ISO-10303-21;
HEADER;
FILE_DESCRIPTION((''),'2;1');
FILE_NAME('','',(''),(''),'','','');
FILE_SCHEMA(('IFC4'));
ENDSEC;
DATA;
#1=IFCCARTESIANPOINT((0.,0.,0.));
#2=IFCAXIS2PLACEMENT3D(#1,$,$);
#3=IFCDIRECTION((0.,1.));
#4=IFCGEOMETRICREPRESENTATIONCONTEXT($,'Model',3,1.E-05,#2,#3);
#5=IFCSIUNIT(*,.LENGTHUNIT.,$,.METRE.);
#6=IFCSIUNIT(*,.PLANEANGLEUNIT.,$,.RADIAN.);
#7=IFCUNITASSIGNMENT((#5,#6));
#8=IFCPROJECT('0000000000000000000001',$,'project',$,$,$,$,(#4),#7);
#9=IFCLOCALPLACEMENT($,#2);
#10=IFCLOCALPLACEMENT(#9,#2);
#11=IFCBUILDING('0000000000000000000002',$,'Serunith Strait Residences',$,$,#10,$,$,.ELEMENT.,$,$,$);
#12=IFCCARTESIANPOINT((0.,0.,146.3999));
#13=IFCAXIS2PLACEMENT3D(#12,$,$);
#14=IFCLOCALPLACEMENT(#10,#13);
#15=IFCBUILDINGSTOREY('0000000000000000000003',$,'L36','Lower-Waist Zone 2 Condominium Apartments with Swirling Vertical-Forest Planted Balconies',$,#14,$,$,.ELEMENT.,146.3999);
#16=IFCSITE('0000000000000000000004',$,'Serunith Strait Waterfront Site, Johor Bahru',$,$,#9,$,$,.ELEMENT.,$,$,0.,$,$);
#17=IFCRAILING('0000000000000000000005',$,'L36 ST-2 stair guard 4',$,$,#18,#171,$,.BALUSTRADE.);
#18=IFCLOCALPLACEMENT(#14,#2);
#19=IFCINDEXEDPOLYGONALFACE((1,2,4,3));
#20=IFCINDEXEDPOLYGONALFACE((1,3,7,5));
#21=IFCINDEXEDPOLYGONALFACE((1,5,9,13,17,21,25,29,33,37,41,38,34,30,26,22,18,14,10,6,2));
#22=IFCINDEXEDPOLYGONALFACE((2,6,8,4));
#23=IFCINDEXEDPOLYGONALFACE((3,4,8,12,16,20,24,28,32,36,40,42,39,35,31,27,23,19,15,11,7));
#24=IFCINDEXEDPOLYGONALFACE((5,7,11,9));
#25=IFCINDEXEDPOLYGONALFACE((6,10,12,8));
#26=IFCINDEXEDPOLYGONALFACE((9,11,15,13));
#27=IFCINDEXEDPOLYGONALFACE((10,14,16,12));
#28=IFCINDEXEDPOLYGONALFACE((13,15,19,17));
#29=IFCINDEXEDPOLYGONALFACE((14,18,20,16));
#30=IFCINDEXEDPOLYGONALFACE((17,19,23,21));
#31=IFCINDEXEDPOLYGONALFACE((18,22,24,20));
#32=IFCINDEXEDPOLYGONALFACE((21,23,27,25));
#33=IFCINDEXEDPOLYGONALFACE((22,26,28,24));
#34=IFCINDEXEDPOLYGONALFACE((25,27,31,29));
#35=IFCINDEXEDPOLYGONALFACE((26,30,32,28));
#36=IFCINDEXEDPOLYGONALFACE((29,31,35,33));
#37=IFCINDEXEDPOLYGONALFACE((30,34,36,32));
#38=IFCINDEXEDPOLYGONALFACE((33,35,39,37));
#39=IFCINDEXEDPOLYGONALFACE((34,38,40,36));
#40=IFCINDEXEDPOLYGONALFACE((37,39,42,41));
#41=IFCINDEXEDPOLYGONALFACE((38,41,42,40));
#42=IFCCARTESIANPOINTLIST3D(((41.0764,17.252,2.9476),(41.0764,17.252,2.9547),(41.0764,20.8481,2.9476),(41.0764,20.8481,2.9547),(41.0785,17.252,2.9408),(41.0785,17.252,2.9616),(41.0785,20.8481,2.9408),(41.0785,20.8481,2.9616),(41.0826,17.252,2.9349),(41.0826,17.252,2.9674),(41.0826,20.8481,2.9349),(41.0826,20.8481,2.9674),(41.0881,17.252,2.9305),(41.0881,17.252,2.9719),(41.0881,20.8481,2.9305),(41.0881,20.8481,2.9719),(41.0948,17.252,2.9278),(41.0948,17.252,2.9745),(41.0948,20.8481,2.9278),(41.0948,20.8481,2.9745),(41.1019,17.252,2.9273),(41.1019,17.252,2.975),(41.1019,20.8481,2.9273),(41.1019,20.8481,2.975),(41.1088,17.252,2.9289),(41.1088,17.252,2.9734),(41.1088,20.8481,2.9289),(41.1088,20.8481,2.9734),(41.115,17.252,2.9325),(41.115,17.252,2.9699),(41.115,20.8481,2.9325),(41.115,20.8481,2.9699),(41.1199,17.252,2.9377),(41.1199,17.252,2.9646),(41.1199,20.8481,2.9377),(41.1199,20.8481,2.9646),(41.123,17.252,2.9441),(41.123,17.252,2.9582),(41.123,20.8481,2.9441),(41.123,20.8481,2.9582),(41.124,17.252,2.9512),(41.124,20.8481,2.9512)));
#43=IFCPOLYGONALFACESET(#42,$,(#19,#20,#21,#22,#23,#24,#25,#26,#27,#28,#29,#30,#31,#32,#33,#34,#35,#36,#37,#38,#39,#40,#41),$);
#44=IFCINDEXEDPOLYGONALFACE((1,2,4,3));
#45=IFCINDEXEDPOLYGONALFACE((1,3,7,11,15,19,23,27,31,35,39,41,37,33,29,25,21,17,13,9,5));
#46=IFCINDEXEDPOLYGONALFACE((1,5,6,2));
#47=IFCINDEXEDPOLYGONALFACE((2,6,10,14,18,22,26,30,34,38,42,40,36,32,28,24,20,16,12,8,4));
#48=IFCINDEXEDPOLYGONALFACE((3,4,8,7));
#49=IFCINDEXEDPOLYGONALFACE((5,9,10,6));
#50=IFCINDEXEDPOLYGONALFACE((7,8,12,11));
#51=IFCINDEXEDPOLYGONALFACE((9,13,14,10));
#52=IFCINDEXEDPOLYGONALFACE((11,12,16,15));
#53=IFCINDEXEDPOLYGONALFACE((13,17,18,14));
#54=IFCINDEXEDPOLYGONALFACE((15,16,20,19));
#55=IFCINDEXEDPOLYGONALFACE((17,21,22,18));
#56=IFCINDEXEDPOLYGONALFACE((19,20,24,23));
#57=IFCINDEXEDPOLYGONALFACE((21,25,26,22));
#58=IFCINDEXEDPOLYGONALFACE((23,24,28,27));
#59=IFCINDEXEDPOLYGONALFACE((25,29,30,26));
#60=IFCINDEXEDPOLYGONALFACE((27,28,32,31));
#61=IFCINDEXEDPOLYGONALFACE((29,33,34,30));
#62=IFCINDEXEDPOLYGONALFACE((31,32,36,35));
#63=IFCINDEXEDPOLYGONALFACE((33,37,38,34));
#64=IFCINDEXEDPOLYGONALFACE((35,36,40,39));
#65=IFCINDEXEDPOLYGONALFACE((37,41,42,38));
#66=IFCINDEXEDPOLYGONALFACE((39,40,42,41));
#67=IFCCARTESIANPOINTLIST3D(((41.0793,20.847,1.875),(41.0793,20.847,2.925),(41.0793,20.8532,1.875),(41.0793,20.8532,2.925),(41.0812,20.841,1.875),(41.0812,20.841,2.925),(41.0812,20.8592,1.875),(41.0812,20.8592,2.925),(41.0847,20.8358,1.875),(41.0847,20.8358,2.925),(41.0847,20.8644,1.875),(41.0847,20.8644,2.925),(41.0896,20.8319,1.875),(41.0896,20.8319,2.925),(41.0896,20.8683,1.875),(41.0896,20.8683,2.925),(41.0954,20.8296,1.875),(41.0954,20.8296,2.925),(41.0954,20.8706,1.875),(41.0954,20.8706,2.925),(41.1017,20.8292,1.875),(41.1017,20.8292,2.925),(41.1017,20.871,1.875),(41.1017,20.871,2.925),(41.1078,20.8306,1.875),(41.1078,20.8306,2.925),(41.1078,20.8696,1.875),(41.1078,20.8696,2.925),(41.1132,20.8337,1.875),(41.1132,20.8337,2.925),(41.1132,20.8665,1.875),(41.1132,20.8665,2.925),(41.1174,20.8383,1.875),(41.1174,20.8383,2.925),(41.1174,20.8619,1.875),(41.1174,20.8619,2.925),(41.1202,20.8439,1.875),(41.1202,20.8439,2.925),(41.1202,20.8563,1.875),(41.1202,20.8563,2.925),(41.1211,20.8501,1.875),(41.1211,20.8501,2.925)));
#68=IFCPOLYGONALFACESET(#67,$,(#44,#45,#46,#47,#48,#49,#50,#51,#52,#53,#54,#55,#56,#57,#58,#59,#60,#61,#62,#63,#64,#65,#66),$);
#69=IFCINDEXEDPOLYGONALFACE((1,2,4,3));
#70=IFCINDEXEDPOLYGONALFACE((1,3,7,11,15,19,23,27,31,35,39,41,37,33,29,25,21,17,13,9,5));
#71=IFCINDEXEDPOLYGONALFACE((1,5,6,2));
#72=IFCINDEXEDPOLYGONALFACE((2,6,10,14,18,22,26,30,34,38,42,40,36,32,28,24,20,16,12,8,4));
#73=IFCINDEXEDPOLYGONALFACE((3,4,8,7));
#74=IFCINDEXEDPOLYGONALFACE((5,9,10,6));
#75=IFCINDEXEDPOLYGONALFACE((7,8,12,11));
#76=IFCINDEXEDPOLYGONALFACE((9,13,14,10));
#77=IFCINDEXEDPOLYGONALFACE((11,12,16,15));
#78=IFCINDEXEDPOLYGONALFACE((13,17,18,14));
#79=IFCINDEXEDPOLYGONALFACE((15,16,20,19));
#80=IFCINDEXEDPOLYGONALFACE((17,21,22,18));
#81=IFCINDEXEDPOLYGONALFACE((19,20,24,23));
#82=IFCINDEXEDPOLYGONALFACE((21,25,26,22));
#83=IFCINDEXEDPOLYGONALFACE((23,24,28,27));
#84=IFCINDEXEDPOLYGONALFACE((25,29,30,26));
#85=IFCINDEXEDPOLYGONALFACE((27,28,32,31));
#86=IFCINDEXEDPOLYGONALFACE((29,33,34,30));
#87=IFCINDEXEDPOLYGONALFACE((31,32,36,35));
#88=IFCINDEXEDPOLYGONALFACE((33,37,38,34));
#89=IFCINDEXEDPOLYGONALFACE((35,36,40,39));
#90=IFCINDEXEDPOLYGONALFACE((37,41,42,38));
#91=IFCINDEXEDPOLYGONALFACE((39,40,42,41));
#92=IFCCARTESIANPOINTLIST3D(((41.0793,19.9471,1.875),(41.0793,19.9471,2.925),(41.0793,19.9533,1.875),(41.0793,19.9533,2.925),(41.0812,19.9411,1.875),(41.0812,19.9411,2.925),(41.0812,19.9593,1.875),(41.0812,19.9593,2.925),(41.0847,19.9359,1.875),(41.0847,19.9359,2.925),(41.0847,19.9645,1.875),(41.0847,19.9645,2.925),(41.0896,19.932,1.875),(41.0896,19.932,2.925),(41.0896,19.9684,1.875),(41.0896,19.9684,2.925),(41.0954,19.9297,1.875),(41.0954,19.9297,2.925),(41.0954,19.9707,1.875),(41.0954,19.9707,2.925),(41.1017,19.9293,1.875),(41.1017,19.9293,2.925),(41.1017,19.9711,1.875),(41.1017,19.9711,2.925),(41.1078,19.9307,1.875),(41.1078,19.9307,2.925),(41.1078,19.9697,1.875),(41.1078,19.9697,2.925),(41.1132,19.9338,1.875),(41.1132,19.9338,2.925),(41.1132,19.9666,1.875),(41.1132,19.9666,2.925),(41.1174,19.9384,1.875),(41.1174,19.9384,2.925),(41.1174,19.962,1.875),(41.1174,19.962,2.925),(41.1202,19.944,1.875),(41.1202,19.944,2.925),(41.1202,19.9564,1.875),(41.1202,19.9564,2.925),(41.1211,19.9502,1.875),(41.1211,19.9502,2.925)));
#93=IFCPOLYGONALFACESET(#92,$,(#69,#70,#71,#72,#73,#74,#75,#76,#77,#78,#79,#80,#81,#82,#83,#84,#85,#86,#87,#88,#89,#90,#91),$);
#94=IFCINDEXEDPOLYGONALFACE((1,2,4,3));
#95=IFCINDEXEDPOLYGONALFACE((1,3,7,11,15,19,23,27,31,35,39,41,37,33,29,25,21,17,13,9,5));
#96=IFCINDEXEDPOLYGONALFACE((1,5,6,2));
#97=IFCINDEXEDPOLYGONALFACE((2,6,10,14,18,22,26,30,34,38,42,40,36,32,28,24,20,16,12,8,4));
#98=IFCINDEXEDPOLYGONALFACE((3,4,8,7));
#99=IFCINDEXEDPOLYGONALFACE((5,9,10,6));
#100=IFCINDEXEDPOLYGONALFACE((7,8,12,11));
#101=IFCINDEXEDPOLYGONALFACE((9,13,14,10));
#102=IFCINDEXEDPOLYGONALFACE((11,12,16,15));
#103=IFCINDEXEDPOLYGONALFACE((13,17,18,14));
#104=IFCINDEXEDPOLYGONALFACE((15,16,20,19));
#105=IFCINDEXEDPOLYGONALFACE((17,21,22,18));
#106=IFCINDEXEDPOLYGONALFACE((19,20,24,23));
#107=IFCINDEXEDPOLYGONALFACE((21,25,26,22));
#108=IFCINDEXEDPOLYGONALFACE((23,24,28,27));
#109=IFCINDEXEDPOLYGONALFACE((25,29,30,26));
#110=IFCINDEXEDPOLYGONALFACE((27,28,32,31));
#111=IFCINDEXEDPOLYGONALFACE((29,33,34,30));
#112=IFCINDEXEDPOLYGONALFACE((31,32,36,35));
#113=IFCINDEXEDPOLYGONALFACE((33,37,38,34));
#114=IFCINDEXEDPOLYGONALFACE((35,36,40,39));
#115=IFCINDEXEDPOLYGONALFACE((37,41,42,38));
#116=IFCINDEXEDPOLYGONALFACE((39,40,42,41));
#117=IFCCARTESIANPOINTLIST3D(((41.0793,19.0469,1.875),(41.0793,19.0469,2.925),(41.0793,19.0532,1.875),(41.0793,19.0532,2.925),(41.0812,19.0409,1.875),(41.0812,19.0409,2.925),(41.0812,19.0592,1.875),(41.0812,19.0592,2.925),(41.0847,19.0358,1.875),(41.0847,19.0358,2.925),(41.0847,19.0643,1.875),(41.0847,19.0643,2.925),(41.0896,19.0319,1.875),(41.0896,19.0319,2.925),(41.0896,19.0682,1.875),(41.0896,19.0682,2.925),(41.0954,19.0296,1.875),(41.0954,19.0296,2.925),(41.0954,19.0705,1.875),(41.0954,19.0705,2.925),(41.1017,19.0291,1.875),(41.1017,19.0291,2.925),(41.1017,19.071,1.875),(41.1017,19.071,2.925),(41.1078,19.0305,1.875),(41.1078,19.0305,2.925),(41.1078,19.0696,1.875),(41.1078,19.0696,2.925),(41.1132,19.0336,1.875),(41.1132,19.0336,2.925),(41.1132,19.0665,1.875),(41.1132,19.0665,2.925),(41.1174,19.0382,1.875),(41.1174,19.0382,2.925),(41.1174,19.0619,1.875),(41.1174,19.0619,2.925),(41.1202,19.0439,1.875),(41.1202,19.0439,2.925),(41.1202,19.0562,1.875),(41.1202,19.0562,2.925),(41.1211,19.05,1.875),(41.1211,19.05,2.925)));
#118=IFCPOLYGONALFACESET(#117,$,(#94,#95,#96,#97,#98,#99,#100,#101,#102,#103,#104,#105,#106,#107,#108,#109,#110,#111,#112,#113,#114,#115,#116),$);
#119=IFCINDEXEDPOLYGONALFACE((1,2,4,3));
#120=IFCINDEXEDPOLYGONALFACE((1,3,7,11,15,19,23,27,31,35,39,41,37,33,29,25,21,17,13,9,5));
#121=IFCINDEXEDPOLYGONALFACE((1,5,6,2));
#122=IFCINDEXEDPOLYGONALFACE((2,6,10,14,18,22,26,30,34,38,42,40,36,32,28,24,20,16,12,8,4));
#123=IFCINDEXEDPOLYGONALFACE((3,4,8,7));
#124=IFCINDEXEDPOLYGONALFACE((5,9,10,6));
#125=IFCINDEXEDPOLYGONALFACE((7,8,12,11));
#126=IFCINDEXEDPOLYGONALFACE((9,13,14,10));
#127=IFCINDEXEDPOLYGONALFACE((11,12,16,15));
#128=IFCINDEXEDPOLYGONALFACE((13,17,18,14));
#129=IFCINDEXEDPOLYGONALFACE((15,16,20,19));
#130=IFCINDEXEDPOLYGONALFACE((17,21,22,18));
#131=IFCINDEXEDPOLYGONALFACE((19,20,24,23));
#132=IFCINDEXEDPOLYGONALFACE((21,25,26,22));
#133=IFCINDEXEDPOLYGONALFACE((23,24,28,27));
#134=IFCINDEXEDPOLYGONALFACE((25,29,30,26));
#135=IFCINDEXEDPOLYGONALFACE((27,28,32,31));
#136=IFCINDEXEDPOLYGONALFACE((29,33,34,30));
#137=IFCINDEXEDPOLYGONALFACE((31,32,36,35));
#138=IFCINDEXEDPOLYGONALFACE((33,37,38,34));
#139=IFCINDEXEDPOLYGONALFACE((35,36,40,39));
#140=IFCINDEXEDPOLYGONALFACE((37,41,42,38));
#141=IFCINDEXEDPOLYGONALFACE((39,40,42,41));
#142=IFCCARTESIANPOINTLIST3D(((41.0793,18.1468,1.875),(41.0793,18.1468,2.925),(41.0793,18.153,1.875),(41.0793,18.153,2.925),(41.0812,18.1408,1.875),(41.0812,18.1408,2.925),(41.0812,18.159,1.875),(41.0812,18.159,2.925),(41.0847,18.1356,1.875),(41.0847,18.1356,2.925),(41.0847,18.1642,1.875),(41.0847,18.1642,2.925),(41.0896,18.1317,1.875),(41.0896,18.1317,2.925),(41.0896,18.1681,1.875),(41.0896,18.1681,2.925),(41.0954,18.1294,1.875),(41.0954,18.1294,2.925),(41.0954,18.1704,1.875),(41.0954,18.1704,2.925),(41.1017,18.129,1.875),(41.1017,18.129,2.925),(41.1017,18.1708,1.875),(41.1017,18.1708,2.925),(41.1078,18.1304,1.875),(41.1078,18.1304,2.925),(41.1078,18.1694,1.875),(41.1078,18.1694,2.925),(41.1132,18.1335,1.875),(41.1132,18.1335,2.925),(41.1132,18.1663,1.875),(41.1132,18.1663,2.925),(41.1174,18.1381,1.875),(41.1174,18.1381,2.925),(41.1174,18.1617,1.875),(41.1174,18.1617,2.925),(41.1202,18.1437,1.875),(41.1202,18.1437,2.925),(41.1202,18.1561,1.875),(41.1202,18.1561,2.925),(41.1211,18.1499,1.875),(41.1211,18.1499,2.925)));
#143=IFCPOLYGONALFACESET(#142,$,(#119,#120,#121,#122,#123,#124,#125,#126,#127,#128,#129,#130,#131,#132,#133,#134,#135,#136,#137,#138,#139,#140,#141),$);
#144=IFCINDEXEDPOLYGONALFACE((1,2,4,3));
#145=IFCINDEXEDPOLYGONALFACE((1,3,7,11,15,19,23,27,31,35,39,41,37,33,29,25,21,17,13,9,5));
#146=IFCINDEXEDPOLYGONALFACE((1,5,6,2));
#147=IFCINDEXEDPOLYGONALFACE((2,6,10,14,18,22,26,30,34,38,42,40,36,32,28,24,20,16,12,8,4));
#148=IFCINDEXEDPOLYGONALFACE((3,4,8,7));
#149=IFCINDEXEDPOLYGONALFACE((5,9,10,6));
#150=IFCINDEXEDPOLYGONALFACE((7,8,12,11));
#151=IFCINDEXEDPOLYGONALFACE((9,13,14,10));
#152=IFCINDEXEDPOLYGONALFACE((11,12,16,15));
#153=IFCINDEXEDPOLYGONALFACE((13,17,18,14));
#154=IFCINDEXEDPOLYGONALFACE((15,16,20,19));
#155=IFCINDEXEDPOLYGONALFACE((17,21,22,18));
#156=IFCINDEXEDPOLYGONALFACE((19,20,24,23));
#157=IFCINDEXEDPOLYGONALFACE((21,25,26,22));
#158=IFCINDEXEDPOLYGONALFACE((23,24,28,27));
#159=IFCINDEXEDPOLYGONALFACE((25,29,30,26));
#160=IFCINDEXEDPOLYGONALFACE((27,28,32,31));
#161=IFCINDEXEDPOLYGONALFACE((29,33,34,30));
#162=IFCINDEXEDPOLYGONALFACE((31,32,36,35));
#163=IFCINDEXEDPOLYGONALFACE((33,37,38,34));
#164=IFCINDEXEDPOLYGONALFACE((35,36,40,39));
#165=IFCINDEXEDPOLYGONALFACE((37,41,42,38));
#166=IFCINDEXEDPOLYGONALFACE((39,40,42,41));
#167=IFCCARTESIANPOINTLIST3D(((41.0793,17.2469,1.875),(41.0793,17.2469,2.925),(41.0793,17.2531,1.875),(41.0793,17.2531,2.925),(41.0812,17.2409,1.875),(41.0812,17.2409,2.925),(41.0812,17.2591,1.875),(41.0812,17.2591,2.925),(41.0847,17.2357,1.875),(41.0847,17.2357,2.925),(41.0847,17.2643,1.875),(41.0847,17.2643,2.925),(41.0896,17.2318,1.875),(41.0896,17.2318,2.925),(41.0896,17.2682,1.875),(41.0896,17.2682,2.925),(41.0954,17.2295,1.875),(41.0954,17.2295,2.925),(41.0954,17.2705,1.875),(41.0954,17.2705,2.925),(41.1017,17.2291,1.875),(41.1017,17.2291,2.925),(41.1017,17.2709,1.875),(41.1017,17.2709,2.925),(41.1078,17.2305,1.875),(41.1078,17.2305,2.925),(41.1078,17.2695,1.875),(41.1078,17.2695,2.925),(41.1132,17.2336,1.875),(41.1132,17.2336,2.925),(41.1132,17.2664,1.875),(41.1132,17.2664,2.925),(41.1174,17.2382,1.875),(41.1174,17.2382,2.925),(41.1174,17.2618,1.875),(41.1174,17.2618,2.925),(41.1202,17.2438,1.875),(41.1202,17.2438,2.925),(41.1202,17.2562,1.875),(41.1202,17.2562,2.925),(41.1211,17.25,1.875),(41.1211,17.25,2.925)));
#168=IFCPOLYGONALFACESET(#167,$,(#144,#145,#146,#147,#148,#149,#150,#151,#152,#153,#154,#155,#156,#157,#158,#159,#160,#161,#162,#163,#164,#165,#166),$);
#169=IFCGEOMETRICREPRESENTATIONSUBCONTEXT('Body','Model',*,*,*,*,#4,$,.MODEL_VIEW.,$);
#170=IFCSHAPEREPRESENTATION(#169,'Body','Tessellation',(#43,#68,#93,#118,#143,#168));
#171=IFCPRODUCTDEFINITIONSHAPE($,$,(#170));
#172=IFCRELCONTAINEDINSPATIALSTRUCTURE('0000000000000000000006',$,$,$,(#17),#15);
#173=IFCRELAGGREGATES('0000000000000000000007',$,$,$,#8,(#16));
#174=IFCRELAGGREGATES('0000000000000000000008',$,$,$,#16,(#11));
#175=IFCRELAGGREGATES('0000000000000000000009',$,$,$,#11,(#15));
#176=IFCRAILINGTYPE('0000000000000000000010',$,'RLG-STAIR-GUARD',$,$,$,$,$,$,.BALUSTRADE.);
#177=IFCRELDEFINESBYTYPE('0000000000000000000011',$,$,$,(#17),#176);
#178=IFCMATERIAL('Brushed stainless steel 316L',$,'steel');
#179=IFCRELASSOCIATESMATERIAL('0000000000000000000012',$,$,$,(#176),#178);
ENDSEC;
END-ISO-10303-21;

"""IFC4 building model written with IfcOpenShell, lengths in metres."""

from ifc_helpers import new_model, si_unit, direction, frame, origin, origin_2d, place, context, subcontext, project, spatial, circle, extrude, material, type_object, element, save


model = new_model("IFC4")

# Units and contexts
model_context = context("Model", 3, precision=1e-05, world=origin(), true_north=direction((0.0, 1.0)))
body_context = subcontext(model_context, "Body", "Model", "MODEL_VIEW")
ifc_project = project(units=[si_unit("LENGTHUNIT", "METRE"), si_unit("PLANEANGLEUNIT", "RADIAN")], contexts=[model_context])

# Site, building, storey
site_placement = place(None, origin())
site = spatial("IfcSite", under=ifc_project, at=site_placement, Name="Serunith Strait Waterfront Site, Johor Bahru", CompositionType="ELEMENT", RefElevation=0.0)
building_placement = place(site_placement, origin())
building = spatial("IfcBuilding", under=site, at=building_placement, Name="Serunith Strait Residences", CompositionType="ELEMENT")
storey_placement = place(building_placement, frame((0.0, 0.0, 146.3999)))
storey = spatial("IfcBuildingStorey", under=building, at=storey_placement, Name="L36", Description="Lower-Waist Zone 2 Condominium Apartments with Swirling Vertical-Forest Planted Balconies", CompositionType="ELEMENT", Elevation=146.3999)

# Railing
ifc_material_1 = material(Name="Brushed stainless steel 316L", Category="steel")
railing_type_1 = type_object("IfcRailingType", Name="RLG-STAIR-GUARD", PredefinedType="BALUSTRADE", material=ifc_material_1)
for number, where, name in (
    (1, (41.1001, 20.8501, 1.875), "L36 ST-2 stair guard 4"),
):
    element("IfcRailing", number, at=place(storey_placement, frame(where)), inside=storey, type_object=railing_type_1, Name=name, PredefinedType="BALUSTRADE", context=body_context, shape_type="SweptSolid", body=[
        extrude(circle(Radius=0.0239, at=origin_2d()), frame((0.0, -0.002, 1.0762), z_axis=(0.0, -1.0, 0.0), x_axis=(1.0, 0.0, 0.0)), (0.0, 0.0, 1.0), 3.5962),
        extrude(circle(Radius=0.021, at=origin_2d()), origin(), (0.0, 0.0, 1.0), 1.05),
        extrude(circle(Radius=0.021, at=origin_2d()), frame((0.0, -0.8999, 0.0)), (0.0, 0.0, 1.0), 1.05),
        extrude(circle(Radius=0.021, at=origin_2d()), frame((0.0, -1.8, 0.0)), (0.0, 0.0, 1.0), 1.05),
        extrude(circle(Radius=0.021, at=origin_2d()), frame((0.0, -2.7002, 0.0)), (0.0, 0.0, 1.0), 1.05),
        extrude(circle(Radius=0.021, at=origin_2d()), frame((0.0, -3.6001, 0.0)), (0.0, 0.0, 1.0), 1.05),
    ])

save(model, "model.ifc")
